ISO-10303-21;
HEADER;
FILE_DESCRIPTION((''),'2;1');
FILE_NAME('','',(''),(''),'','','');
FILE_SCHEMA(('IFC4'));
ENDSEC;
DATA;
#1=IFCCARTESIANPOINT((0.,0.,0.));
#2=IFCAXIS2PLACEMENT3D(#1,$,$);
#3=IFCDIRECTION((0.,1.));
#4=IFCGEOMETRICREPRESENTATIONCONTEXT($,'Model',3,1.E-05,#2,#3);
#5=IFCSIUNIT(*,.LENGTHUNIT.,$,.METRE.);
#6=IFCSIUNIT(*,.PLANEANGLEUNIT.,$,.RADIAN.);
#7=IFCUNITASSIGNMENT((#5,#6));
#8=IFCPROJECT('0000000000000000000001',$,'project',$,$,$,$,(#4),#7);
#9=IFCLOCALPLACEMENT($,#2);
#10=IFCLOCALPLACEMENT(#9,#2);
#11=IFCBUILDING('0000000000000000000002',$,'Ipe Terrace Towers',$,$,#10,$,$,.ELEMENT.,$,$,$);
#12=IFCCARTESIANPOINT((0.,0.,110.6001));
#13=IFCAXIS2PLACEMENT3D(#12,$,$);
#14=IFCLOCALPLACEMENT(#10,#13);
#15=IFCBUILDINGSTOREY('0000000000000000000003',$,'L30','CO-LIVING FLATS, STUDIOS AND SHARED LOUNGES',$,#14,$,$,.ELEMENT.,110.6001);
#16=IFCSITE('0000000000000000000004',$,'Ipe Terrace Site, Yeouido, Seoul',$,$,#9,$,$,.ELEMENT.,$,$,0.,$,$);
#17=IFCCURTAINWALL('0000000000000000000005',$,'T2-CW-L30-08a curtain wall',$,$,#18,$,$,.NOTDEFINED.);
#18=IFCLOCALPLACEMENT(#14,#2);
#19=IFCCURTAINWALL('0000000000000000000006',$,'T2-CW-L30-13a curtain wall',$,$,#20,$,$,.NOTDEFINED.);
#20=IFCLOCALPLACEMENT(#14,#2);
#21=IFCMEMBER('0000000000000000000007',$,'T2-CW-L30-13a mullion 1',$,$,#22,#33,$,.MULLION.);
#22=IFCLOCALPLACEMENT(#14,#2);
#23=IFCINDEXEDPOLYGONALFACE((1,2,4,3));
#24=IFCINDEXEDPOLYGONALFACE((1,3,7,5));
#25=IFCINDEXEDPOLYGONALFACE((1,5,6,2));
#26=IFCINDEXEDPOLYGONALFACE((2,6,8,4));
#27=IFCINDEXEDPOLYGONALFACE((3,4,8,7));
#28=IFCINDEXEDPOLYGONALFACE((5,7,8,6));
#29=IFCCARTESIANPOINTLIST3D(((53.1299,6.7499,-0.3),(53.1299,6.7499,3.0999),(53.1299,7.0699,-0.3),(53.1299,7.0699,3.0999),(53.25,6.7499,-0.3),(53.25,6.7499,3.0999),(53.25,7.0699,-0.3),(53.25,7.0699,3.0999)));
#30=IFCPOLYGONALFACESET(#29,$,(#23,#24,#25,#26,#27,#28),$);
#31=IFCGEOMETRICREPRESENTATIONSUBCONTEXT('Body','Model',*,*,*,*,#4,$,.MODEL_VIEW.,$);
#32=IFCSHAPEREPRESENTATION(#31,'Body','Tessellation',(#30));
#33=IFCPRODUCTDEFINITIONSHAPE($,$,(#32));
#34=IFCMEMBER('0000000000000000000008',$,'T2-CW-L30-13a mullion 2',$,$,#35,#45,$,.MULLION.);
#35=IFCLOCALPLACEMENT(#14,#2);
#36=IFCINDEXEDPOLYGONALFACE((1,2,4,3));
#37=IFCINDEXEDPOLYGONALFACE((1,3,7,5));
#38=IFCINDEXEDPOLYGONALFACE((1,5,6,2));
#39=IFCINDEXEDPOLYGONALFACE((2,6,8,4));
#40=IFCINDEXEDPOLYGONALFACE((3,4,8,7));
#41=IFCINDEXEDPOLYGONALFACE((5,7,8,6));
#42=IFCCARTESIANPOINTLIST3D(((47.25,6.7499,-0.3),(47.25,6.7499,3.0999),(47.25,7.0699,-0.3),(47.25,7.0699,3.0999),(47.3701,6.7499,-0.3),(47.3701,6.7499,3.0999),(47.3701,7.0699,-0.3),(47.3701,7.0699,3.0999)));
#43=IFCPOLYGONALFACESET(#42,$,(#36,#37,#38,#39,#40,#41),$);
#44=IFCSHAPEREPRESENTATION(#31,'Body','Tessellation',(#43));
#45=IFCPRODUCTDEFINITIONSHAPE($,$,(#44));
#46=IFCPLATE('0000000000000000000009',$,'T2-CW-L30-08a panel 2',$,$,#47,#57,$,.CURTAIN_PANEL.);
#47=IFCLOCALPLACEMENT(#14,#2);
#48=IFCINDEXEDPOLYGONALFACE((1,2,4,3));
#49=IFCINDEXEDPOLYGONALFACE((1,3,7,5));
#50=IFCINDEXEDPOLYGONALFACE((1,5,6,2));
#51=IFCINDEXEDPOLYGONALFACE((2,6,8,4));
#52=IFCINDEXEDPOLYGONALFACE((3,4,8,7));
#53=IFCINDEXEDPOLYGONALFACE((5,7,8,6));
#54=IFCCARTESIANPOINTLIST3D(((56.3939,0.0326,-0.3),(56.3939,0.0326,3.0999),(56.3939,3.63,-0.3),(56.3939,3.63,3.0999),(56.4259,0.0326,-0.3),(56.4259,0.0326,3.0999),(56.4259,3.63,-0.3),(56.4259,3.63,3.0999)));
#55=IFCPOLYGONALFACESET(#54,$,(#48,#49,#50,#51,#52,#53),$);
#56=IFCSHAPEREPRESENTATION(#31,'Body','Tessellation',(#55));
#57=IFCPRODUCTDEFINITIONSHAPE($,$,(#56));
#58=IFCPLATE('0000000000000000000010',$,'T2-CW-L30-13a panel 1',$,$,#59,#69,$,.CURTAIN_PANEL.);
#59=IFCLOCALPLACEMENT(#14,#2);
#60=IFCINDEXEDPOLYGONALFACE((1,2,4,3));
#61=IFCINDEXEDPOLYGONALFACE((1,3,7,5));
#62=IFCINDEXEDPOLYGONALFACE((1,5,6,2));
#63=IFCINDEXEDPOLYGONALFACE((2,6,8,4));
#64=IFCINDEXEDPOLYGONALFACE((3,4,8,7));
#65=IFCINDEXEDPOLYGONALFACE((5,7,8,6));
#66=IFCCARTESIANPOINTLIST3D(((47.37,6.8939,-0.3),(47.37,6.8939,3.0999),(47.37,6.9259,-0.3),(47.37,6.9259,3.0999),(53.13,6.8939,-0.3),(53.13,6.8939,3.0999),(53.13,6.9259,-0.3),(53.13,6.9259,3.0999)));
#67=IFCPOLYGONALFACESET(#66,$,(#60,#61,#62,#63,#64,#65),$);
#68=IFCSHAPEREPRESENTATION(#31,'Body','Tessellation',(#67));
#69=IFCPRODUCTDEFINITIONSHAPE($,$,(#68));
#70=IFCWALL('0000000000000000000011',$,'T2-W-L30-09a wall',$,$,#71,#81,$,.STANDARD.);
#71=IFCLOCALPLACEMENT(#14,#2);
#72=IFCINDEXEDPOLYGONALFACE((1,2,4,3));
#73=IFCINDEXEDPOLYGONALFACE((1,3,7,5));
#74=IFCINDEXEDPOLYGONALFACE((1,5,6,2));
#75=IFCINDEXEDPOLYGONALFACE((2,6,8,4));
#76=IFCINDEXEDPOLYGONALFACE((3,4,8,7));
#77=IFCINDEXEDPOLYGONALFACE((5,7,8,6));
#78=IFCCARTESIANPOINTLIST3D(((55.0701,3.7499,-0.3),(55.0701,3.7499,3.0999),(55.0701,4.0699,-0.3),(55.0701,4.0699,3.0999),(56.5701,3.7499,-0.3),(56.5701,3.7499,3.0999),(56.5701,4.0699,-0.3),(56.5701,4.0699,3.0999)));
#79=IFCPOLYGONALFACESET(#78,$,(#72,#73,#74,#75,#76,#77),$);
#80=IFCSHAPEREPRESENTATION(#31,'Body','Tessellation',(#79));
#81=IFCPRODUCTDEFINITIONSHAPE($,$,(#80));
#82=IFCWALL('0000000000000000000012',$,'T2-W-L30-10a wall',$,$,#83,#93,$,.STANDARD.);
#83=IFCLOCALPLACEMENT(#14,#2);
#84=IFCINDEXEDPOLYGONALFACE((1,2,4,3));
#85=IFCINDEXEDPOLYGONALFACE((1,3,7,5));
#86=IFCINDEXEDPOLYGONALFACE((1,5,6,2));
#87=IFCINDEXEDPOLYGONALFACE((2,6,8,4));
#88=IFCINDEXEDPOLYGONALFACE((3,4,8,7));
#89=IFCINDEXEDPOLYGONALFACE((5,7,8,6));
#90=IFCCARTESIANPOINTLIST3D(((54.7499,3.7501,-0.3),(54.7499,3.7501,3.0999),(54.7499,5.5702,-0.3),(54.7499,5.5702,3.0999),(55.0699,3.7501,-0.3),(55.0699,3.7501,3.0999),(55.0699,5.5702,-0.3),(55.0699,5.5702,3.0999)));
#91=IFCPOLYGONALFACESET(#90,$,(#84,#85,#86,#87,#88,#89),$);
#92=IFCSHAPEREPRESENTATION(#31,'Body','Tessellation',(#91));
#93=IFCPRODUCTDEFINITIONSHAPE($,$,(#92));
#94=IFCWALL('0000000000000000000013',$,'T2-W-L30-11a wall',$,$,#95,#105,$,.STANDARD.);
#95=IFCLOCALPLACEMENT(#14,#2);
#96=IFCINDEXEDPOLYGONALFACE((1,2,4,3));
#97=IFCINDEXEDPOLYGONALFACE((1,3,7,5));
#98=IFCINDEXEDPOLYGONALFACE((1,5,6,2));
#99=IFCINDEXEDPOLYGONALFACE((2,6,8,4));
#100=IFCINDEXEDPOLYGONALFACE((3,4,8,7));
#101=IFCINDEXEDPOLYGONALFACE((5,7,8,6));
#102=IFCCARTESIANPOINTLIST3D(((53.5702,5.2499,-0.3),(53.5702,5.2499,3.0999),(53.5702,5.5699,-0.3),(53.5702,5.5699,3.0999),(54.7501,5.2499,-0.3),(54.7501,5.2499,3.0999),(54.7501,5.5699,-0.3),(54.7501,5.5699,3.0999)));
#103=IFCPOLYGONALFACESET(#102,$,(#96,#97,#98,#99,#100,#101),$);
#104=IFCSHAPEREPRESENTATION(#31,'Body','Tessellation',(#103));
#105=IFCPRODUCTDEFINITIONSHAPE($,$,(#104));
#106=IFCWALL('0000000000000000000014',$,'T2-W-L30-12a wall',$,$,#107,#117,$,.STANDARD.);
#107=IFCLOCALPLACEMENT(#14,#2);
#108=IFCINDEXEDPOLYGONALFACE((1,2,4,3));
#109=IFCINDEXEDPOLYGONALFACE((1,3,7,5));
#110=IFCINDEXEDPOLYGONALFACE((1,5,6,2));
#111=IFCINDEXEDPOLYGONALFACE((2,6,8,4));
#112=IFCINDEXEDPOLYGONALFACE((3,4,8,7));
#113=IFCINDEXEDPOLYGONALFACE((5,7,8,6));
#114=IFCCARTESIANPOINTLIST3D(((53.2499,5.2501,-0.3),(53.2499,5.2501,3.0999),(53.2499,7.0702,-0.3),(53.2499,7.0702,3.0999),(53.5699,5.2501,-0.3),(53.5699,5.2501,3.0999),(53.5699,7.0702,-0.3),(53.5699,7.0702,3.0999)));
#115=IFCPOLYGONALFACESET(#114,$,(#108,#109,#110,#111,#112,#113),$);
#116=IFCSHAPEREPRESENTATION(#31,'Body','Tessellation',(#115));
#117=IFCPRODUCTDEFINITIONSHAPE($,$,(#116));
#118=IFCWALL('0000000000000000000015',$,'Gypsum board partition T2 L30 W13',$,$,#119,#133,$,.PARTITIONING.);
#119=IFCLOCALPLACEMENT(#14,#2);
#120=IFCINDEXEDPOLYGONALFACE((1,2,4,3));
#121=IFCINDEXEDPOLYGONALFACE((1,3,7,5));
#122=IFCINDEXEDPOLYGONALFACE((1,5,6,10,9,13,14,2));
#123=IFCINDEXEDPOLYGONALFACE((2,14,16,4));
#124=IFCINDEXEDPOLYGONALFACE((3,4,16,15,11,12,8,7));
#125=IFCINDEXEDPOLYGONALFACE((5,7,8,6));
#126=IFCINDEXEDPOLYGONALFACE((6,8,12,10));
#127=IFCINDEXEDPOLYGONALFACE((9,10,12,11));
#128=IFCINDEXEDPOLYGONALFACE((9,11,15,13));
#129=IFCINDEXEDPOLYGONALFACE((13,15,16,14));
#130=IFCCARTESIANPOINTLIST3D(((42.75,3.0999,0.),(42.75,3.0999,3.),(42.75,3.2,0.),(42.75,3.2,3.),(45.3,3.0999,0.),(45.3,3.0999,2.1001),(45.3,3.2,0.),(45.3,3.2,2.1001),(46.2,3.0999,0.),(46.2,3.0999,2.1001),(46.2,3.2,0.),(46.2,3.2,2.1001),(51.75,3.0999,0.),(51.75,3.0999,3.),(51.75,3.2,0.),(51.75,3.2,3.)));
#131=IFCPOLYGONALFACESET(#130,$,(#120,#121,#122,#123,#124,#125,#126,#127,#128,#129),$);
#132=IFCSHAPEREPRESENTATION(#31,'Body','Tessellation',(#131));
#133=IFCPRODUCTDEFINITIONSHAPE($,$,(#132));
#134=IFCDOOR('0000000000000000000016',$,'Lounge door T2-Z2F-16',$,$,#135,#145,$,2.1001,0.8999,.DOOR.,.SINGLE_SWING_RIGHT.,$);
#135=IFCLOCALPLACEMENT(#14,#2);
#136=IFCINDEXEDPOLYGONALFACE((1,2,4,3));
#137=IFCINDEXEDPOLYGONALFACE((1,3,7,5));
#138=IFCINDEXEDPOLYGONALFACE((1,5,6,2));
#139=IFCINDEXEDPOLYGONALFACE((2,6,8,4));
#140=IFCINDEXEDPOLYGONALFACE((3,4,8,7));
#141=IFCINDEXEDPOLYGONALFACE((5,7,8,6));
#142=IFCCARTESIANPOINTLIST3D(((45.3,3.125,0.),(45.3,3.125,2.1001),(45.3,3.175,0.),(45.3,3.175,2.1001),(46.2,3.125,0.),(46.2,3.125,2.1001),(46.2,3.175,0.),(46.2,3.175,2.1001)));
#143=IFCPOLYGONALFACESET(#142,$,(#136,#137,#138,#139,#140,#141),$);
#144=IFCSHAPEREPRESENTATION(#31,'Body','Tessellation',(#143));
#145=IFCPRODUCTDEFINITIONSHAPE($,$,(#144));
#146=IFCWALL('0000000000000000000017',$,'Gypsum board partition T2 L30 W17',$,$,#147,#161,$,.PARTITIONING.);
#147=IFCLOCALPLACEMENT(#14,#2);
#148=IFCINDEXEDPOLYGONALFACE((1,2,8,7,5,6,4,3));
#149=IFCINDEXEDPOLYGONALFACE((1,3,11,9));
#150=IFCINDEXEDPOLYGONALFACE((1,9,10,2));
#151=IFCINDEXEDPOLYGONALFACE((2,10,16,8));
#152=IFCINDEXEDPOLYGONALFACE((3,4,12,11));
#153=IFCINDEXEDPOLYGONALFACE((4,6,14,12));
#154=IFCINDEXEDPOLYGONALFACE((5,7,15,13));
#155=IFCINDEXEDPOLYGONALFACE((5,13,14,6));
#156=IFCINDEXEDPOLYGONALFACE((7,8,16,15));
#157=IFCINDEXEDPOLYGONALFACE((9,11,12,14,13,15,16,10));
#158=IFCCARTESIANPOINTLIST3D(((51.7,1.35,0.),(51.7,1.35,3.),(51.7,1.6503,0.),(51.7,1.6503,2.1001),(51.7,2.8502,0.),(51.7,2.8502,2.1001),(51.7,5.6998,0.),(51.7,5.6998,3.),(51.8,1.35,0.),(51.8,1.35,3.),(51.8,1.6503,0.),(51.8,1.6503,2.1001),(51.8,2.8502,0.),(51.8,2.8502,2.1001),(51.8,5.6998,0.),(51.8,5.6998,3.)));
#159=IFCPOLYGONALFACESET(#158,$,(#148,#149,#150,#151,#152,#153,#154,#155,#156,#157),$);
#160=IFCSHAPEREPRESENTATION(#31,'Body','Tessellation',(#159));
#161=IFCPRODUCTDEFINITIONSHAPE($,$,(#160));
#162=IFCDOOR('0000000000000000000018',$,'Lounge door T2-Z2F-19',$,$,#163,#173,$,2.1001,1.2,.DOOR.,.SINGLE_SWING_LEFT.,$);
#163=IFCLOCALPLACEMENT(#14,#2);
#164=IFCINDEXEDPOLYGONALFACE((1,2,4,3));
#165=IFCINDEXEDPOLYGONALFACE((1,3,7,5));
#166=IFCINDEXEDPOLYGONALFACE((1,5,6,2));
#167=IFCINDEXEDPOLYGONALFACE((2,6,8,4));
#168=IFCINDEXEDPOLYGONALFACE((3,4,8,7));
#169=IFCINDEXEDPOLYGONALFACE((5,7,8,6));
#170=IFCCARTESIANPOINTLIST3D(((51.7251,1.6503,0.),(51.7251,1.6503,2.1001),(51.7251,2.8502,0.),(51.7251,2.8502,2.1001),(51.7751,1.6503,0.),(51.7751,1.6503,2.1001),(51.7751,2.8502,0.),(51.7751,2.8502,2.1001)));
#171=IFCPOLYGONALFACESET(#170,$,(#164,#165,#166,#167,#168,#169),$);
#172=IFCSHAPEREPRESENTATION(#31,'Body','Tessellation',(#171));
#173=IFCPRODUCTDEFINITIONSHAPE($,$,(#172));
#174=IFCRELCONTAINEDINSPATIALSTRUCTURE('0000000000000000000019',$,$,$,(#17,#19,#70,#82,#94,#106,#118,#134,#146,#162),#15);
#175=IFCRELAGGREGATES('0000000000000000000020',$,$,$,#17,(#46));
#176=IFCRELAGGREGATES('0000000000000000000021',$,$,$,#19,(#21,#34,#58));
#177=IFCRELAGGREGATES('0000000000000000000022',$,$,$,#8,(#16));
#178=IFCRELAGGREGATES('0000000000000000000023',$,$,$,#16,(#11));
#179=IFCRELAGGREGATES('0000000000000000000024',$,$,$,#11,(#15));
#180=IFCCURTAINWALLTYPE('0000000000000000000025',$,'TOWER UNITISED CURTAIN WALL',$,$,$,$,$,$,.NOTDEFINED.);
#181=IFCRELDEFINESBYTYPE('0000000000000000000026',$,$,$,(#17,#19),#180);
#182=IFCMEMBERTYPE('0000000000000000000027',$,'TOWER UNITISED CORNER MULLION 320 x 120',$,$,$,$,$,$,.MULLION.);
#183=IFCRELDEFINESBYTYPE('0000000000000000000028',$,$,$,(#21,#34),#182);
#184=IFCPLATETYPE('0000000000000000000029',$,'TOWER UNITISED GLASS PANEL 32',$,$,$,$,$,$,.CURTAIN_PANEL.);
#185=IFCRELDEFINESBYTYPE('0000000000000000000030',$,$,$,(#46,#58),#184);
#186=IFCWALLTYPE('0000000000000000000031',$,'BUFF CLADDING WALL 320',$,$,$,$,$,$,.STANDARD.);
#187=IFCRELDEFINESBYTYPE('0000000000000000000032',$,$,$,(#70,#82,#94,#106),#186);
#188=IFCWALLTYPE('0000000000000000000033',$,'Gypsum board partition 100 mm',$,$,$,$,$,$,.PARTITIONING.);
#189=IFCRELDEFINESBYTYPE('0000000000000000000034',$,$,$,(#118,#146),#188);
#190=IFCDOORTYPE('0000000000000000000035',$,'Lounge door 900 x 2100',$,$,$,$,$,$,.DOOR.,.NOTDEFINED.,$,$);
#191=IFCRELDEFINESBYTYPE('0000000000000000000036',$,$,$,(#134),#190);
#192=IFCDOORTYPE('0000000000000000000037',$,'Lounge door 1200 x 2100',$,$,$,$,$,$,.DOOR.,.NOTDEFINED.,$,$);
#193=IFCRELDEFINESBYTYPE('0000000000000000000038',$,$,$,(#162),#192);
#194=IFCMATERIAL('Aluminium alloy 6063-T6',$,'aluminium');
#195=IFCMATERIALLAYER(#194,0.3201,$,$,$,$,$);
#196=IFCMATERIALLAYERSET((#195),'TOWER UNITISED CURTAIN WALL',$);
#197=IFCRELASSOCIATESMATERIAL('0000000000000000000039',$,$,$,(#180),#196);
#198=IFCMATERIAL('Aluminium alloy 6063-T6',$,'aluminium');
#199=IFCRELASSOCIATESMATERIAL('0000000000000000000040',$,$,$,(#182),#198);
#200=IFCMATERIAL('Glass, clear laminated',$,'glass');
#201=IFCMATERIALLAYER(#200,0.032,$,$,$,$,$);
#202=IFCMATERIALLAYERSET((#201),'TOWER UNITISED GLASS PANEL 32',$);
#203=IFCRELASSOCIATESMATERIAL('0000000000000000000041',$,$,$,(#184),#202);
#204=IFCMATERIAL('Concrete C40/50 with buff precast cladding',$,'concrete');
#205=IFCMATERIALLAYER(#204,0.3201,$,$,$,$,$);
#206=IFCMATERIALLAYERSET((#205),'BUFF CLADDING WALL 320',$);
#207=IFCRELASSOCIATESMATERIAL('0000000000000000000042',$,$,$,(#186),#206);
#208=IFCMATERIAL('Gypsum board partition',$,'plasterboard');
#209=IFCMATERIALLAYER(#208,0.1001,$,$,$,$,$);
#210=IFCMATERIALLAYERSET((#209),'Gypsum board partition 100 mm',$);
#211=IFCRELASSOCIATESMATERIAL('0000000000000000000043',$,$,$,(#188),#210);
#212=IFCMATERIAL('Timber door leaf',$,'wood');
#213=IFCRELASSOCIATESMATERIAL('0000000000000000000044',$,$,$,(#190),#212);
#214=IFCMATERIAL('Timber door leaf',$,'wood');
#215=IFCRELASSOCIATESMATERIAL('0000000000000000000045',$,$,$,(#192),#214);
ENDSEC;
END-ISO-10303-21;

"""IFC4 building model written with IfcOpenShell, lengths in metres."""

from ifc_helpers import new_model, si_unit, direction, frame, frame_2d, origin, origin_2d, place, context, subcontext, project, spatial, rectangle, extrude, material, layer, layer_set, material_profile, profile_set, type_object, element, fill, aggregate, save


model = new_model("IFC4")

# Units and contexts
model_context = context("Model", 3, precision=1e-05, world=origin(), true_north=direction((0.0, 1.0)))
body_context = subcontext(model_context, "Body", "Model", "MODEL_VIEW")
ifc_project = project(units=[si_unit("LENGTHUNIT", "METRE"), si_unit("PLANEANGLEUNIT", "RADIAN")], contexts=[model_context])

# Site, building, storey
site_placement = place(None, origin())
site = spatial("IfcSite", under=ifc_project, at=site_placement, Name="Ipe Terrace Site, Yeouido, Seoul", CompositionType="ELEMENT", RefElevation=0.0)
building_placement = place(site_placement, origin())
building = spatial("IfcBuilding", under=site, at=building_placement, Name="Ipe Terrace Towers", CompositionType="ELEMENT")
storey_placement = place(building_placement, frame((0.0, 0.0, 110.6001)))
storey = spatial("IfcBuildingStorey", under=building, at=storey_placement, Name="L30", Description="CO-LIVING FLATS, STUDIOS AND SHARED LOUNGES", CompositionType="ELEMENT", Elevation=110.6001)

# Curtain wall
ifc_material_1 = material(Name="Aluminium alloy 6063-T6", Category="aluminium")
ifc_layer_1 = layer(ifc_material_1, 0.3201)
ifc_layer_set_1 = layer_set([ifc_layer_1], Name="TOWER UNITISED CURTAIN WALL")
curtain_wall_type = type_object("IfcCurtainWallType", Name="TOWER UNITISED CURTAIN WALL", PredefinedType="NOTDEFINED", material=ifc_layer_set_1)
curtain_wall_1_placement = place(storey_placement, origin())
curtain_wall_1 = element("IfcCurtainWall", 1, at=curtain_wall_1_placement, inside=storey, type_object=curtain_wall_type, Name="T2-CW-L30-08a curtain wall", PredefinedType="NOTDEFINED")
ifc_material_2 = material(Name="Aluminium alloy 6063-T6", Category="aluminium")
ifc_material_profile_1 = material_profile(ifc_material_2, rectangle(XDim=0.3201, YDim=0.1201, at=origin_2d()), Name="TOWER UNITISED CORNER MULLION 320 x 120")
ifc_profile_set_1 = profile_set([ifc_material_profile_1], Name="Aluminium alloy 6063-T6")
member_type = type_object("IfcMemberType", Name="TOWER UNITISED CORNER MULLION 320 x 120", PredefinedType="MULLION", material=ifc_profile_set_1)

# Curtain wall, members
curtain_wall_2_placement = place(storey_placement, origin())
curtain_wall_2 = element("IfcCurtainWall", 2, at=curtain_wall_2_placement, inside=storey, type_object=curtain_wall_type, Name="T2-CW-L30-13a curtain wall", PredefinedType="NOTDEFINED")
member_1_placement = place(storey_placement, frame((53.1899, 6.9099, -0.3), z_axis=(0.0, 0.0, 1.0), x_axis=(0.0, 1.0, 0.0)))
member_1 = element("IfcMember", 3, at=member_1_placement, type_object=member_type, Name="T2-CW-L30-13a mullion 1", PredefinedType="MULLION", context=body_context, shape_type="SweptSolid", body=[
    extrude(rectangle(XDim=0.3201, YDim=0.1201, at=origin_2d()), origin(), (0.0, 0.0, 1.0), 3.3999),
])
member_2_placement = place(storey_placement, frame((47.3101, 6.9099, -0.3), z_axis=(0.0, 0.0, 1.0), x_axis=(0.0, 1.0, 0.0)))
member_2 = element("IfcMember", 4, at=member_2_placement, type_object=member_type, Name="T2-CW-L30-13a mullion 2", PredefinedType="MULLION", context=body_context, shape_type="SweptSolid", body=[
    extrude(rectangle(XDim=0.3201, YDim=0.1201, at=origin_2d()), origin(), (0.0, 0.0, 1.0), 3.3999),
])

# Plates
ifc_material_3 = material(Name="Glass, clear laminated", Category="glass")
ifc_layer_2 = layer(ifc_material_3, 0.032)
ifc_layer_set_2 = layer_set([ifc_layer_2], Name="TOWER UNITISED GLASS PANEL 32")
plate_type = type_object("IfcPlateType", Name="TOWER UNITISED GLASS PANEL 32", PredefinedType="CURTAIN_PANEL", material=ifc_layer_set_2)
plate_1_placement = place(storey_placement, frame((56.4099, 1.8313, -0.3), z_axis=(0.0, 0.0, 1.0), x_axis=(0.0, 1.0, 0.0)))
plate_1 = element("IfcPlate", 5, at=plate_1_placement, type_object=plate_type, Name="T2-CW-L30-08a panel 2", PredefinedType="CURTAIN_PANEL", context=body_context, shape_type="SweptSolid", body=[
    extrude(rectangle(XDim=3.5974, YDim=0.032, at=origin_2d()), origin(), (0.0, 0.0, 1.0), 3.3999),
])
aggregate(curtain_wall_1, [plate_1])
plate_2_placement = place(storey_placement, frame((50.25, 6.9099, -0.3), z_axis=(0.0, 0.0, 1.0), x_axis=(-1.0, 0.0, 0.0)))
plate_2 = element("IfcPlate", 6, at=plate_2_placement, type_object=plate_type, Name="T2-CW-L30-13a panel 1", PredefinedType="CURTAIN_PANEL", context=body_context, shape_type="SweptSolid", body=[
    extrude(rectangle(XDim=5.76, YDim=0.032, at=origin_2d()), origin(), (0.0, 0.0, 1.0), 3.3999),
])
aggregate(curtain_wall_2, [member_1, member_2, plate_2])

# Walls
ifc_material_4 = material(Name="Concrete C40/50 with buff precast cladding", Category="concrete")
ifc_layer_3 = layer(ifc_material_4, 0.3201)
ifc_layer_set_3 = layer_set([ifc_layer_3], Name="BUFF CLADDING WALL 320")
wall_type_1 = type_object("IfcWallType", Name="BUFF CLADDING WALL 320", PredefinedType="STANDARD", material=ifc_layer_set_3)
wall_1_placement = place(storey_placement, frame((56.5701, 3.9099, -0.3), z_axis=(0.0, 0.0, 1.0), x_axis=(-1.0, 0.0, 0.0)))
element("IfcWall", 7, at=wall_1_placement, inside=storey, type_object=wall_type_1, Name="T2-W-L30-09a wall", PredefinedType="STANDARD", context=body_context, shape_type="SweptSolid", body=[
    extrude(rectangle(XDim=1.5, YDim=0.3201, at=frame_2d((0.75, 0.0))), origin(), (0.0, 0.0, 1.0), 3.3999),
])
wall_2_placement = place(storey_placement, frame((54.9099, 3.75, -0.3), z_axis=(0.0, 0.0, 1.0), x_axis=(0.0, 1.0, 0.0)))
element("IfcWall", 8, at=wall_2_placement, inside=storey, type_object=wall_type_1, Name="T2-W-L30-10a wall", PredefinedType="STANDARD", context=body_context, shape_type="SweptSolid", body=[
    extrude(rectangle(XDim=1.8201, YDim=0.3201, at=frame_2d((0.9102, 0.0))), origin(), (0.0, 0.0, 1.0), 3.3999),
])
wall_3_placement = place(storey_placement, frame((54.75, 5.4099, -0.3), z_axis=(0.0, 0.0, 1.0), x_axis=(-1.0, 0.0, 0.0)))
element("IfcWall", 9, at=wall_3_placement, inside=storey, type_object=wall_type_1, Name="T2-W-L30-11a wall", PredefinedType="STANDARD", context=body_context, shape_type="SweptSolid", body=[
    extrude(rectangle(XDim=1.1799, YDim=0.3201, at=frame_2d((0.5898, 0.0))), origin(), (0.0, 0.0, 1.0), 3.3999),
])
wall_4_placement = place(storey_placement, frame((53.4099, 5.25, -0.3), z_axis=(0.0, 0.0, 1.0), x_axis=(0.0, 1.0, 0.0)))
element("IfcWall", 10, at=wall_4_placement, inside=storey, type_object=wall_type_1, Name="T2-W-L30-12a wall", PredefinedType="STANDARD", context=body_context, shape_type="SweptSolid", body=[
    extrude(rectangle(XDim=1.8201, YDim=0.3201, at=frame_2d((0.9102, 0.0))), origin(), (0.0, 0.0, 1.0), 3.3999),
])

# Walls, openings, doors
ifc_material_5 = material(Name="Gypsum board partition", Category="plasterboard")
ifc_layer_4 = layer(ifc_material_5, 0.1001)
ifc_layer_set_4 = layer_set([ifc_layer_4], Name="Gypsum board partition 100 mm")
wall_type_2 = type_object("IfcWallType", Name="Gypsum board partition 100 mm", PredefinedType="PARTITIONING", material=ifc_layer_set_4)
wall_5_placement = place(storey_placement, frame((51.75, 3.1499, 0.0), z_axis=(0.0, 0.0, 1.0), x_axis=(-1.0, 0.0, 0.0)))
wall_5 = element("IfcWall", 11, at=wall_5_placement, inside=storey, type_object=wall_type_2, Name="Gypsum board partition T2 L30 W13", PredefinedType="PARTITIONING", context=body_context, shape_type="SweptSolid", body=[
    extrude(rectangle(XDim=9.0, YDim=0.1001, at=frame_2d((4.5, 0.0))), origin(), (0.0, 0.0, 1.0), 3.0),
])
opening_1_placement = place(wall_5_placement, frame((5.55, 0.0, 0.0)))
opening_1 = element("IfcOpeningElement", 12, at=opening_1_placement, cuts=wall_5, PredefinedType="OPENING", context=body_context, shape_type="SweptSolid", body=[
    extrude(rectangle(XDim=0.8999, YDim=2.1001, at=frame_2d((0.45, 1.05))), frame((0.0, 0.0601, 0.0), z_axis=(0.0, -1.0, 0.0), x_axis=(1.0, 0.0, 0.0)), (0.0, 0.0, 1.0), 0.1201),
])
ifc_material_6 = material(Name="Timber door leaf", Category="wood")
door_type_1 = type_object("IfcDoorType", Name="Lounge door 900 x 2100", OperationType="NOTDEFINED", PredefinedType="DOOR", material=ifc_material_6)
door_1_placement = place(opening_1_placement, origin())
door_1 = element("IfcDoor", 13, at=door_1_placement, inside=storey, type_object=door_type_1, Name="Lounge door T2-Z2F-16", OperationType="SINGLE_SWING_RIGHT", OverallHeight=2.1001, OverallWidth=0.8999, PredefinedType="DOOR", context=body_context, shape_type="SweptSolid", body=[
    extrude(rectangle(XDim=0.8999, YDim=2.1001, at=frame_2d((0.45, 1.05))), frame((0.0, 0.0249, 0.0), z_axis=(0.0, -1.0, 0.0), x_axis=(1.0, 0.0, 0.0)), (0.0, 0.0, 1.0), 0.05),
])
fill(opening_1, door_1)
wall_6_placement = place(storey_placement, frame((51.75, 1.3501, 0.0), z_axis=(0.0, 0.0, 1.0), x_axis=(0.0, 1.0, 0.0)))
wall_6 = element("IfcWall", 14, at=wall_6_placement, inside=storey, type_object=wall_type_2, Name="Gypsum board partition T2 L30 W17", PredefinedType="PARTITIONING", context=body_context, shape_type="SweptSolid", body=[
    extrude(rectangle(XDim=4.3499, YDim=0.1001, at=frame_2d((2.1748, 0.0))), origin(), (0.0, 0.0, 1.0), 3.0),
])
opening_2_placement = place(wall_6_placement, frame((0.3, 0.0, 0.0)))
opening_2 = element("IfcOpeningElement", 15, at=opening_2_placement, cuts=wall_6, PredefinedType="OPENING", context=body_context, shape_type="SweptSolid", body=[
    extrude(rectangle(XDim=1.2, YDim=2.1001, at=frame_2d((0.6001, 1.05))), frame((0.0, 0.0601, 0.0), z_axis=(0.0, -1.0, 0.0), x_axis=(1.0, 0.0, 0.0)), (0.0, 0.0, 1.0), 0.1201),
])
ifc_material_7 = material(Name="Timber door leaf", Category="wood")
door_type_2 = type_object("IfcDoorType", Name="Lounge door 1200 x 2100", OperationType="NOTDEFINED", PredefinedType="DOOR", material=ifc_material_7)
door_2_placement = place(opening_2_placement, origin())
door_2 = element("IfcDoor", 16, at=door_2_placement, inside=storey, type_object=door_type_2, Name="Lounge door T2-Z2F-19", OperationType="SINGLE_SWING_LEFT", OverallHeight=2.1001, OverallWidth=1.2, PredefinedType="DOOR", context=body_context, shape_type="SweptSolid", body=[
    extrude(rectangle(XDim=1.2, YDim=2.1001, at=frame_2d((0.6001, 1.05))), frame((0.0, 0.0249, 0.0), z_axis=(0.0, -1.0, 0.0), x_axis=(1.0, 0.0, 0.0)), (0.0, 0.0, 1.0), 0.05),
])
fill(opening_2, door_2)

save(model, "model.ifc")
